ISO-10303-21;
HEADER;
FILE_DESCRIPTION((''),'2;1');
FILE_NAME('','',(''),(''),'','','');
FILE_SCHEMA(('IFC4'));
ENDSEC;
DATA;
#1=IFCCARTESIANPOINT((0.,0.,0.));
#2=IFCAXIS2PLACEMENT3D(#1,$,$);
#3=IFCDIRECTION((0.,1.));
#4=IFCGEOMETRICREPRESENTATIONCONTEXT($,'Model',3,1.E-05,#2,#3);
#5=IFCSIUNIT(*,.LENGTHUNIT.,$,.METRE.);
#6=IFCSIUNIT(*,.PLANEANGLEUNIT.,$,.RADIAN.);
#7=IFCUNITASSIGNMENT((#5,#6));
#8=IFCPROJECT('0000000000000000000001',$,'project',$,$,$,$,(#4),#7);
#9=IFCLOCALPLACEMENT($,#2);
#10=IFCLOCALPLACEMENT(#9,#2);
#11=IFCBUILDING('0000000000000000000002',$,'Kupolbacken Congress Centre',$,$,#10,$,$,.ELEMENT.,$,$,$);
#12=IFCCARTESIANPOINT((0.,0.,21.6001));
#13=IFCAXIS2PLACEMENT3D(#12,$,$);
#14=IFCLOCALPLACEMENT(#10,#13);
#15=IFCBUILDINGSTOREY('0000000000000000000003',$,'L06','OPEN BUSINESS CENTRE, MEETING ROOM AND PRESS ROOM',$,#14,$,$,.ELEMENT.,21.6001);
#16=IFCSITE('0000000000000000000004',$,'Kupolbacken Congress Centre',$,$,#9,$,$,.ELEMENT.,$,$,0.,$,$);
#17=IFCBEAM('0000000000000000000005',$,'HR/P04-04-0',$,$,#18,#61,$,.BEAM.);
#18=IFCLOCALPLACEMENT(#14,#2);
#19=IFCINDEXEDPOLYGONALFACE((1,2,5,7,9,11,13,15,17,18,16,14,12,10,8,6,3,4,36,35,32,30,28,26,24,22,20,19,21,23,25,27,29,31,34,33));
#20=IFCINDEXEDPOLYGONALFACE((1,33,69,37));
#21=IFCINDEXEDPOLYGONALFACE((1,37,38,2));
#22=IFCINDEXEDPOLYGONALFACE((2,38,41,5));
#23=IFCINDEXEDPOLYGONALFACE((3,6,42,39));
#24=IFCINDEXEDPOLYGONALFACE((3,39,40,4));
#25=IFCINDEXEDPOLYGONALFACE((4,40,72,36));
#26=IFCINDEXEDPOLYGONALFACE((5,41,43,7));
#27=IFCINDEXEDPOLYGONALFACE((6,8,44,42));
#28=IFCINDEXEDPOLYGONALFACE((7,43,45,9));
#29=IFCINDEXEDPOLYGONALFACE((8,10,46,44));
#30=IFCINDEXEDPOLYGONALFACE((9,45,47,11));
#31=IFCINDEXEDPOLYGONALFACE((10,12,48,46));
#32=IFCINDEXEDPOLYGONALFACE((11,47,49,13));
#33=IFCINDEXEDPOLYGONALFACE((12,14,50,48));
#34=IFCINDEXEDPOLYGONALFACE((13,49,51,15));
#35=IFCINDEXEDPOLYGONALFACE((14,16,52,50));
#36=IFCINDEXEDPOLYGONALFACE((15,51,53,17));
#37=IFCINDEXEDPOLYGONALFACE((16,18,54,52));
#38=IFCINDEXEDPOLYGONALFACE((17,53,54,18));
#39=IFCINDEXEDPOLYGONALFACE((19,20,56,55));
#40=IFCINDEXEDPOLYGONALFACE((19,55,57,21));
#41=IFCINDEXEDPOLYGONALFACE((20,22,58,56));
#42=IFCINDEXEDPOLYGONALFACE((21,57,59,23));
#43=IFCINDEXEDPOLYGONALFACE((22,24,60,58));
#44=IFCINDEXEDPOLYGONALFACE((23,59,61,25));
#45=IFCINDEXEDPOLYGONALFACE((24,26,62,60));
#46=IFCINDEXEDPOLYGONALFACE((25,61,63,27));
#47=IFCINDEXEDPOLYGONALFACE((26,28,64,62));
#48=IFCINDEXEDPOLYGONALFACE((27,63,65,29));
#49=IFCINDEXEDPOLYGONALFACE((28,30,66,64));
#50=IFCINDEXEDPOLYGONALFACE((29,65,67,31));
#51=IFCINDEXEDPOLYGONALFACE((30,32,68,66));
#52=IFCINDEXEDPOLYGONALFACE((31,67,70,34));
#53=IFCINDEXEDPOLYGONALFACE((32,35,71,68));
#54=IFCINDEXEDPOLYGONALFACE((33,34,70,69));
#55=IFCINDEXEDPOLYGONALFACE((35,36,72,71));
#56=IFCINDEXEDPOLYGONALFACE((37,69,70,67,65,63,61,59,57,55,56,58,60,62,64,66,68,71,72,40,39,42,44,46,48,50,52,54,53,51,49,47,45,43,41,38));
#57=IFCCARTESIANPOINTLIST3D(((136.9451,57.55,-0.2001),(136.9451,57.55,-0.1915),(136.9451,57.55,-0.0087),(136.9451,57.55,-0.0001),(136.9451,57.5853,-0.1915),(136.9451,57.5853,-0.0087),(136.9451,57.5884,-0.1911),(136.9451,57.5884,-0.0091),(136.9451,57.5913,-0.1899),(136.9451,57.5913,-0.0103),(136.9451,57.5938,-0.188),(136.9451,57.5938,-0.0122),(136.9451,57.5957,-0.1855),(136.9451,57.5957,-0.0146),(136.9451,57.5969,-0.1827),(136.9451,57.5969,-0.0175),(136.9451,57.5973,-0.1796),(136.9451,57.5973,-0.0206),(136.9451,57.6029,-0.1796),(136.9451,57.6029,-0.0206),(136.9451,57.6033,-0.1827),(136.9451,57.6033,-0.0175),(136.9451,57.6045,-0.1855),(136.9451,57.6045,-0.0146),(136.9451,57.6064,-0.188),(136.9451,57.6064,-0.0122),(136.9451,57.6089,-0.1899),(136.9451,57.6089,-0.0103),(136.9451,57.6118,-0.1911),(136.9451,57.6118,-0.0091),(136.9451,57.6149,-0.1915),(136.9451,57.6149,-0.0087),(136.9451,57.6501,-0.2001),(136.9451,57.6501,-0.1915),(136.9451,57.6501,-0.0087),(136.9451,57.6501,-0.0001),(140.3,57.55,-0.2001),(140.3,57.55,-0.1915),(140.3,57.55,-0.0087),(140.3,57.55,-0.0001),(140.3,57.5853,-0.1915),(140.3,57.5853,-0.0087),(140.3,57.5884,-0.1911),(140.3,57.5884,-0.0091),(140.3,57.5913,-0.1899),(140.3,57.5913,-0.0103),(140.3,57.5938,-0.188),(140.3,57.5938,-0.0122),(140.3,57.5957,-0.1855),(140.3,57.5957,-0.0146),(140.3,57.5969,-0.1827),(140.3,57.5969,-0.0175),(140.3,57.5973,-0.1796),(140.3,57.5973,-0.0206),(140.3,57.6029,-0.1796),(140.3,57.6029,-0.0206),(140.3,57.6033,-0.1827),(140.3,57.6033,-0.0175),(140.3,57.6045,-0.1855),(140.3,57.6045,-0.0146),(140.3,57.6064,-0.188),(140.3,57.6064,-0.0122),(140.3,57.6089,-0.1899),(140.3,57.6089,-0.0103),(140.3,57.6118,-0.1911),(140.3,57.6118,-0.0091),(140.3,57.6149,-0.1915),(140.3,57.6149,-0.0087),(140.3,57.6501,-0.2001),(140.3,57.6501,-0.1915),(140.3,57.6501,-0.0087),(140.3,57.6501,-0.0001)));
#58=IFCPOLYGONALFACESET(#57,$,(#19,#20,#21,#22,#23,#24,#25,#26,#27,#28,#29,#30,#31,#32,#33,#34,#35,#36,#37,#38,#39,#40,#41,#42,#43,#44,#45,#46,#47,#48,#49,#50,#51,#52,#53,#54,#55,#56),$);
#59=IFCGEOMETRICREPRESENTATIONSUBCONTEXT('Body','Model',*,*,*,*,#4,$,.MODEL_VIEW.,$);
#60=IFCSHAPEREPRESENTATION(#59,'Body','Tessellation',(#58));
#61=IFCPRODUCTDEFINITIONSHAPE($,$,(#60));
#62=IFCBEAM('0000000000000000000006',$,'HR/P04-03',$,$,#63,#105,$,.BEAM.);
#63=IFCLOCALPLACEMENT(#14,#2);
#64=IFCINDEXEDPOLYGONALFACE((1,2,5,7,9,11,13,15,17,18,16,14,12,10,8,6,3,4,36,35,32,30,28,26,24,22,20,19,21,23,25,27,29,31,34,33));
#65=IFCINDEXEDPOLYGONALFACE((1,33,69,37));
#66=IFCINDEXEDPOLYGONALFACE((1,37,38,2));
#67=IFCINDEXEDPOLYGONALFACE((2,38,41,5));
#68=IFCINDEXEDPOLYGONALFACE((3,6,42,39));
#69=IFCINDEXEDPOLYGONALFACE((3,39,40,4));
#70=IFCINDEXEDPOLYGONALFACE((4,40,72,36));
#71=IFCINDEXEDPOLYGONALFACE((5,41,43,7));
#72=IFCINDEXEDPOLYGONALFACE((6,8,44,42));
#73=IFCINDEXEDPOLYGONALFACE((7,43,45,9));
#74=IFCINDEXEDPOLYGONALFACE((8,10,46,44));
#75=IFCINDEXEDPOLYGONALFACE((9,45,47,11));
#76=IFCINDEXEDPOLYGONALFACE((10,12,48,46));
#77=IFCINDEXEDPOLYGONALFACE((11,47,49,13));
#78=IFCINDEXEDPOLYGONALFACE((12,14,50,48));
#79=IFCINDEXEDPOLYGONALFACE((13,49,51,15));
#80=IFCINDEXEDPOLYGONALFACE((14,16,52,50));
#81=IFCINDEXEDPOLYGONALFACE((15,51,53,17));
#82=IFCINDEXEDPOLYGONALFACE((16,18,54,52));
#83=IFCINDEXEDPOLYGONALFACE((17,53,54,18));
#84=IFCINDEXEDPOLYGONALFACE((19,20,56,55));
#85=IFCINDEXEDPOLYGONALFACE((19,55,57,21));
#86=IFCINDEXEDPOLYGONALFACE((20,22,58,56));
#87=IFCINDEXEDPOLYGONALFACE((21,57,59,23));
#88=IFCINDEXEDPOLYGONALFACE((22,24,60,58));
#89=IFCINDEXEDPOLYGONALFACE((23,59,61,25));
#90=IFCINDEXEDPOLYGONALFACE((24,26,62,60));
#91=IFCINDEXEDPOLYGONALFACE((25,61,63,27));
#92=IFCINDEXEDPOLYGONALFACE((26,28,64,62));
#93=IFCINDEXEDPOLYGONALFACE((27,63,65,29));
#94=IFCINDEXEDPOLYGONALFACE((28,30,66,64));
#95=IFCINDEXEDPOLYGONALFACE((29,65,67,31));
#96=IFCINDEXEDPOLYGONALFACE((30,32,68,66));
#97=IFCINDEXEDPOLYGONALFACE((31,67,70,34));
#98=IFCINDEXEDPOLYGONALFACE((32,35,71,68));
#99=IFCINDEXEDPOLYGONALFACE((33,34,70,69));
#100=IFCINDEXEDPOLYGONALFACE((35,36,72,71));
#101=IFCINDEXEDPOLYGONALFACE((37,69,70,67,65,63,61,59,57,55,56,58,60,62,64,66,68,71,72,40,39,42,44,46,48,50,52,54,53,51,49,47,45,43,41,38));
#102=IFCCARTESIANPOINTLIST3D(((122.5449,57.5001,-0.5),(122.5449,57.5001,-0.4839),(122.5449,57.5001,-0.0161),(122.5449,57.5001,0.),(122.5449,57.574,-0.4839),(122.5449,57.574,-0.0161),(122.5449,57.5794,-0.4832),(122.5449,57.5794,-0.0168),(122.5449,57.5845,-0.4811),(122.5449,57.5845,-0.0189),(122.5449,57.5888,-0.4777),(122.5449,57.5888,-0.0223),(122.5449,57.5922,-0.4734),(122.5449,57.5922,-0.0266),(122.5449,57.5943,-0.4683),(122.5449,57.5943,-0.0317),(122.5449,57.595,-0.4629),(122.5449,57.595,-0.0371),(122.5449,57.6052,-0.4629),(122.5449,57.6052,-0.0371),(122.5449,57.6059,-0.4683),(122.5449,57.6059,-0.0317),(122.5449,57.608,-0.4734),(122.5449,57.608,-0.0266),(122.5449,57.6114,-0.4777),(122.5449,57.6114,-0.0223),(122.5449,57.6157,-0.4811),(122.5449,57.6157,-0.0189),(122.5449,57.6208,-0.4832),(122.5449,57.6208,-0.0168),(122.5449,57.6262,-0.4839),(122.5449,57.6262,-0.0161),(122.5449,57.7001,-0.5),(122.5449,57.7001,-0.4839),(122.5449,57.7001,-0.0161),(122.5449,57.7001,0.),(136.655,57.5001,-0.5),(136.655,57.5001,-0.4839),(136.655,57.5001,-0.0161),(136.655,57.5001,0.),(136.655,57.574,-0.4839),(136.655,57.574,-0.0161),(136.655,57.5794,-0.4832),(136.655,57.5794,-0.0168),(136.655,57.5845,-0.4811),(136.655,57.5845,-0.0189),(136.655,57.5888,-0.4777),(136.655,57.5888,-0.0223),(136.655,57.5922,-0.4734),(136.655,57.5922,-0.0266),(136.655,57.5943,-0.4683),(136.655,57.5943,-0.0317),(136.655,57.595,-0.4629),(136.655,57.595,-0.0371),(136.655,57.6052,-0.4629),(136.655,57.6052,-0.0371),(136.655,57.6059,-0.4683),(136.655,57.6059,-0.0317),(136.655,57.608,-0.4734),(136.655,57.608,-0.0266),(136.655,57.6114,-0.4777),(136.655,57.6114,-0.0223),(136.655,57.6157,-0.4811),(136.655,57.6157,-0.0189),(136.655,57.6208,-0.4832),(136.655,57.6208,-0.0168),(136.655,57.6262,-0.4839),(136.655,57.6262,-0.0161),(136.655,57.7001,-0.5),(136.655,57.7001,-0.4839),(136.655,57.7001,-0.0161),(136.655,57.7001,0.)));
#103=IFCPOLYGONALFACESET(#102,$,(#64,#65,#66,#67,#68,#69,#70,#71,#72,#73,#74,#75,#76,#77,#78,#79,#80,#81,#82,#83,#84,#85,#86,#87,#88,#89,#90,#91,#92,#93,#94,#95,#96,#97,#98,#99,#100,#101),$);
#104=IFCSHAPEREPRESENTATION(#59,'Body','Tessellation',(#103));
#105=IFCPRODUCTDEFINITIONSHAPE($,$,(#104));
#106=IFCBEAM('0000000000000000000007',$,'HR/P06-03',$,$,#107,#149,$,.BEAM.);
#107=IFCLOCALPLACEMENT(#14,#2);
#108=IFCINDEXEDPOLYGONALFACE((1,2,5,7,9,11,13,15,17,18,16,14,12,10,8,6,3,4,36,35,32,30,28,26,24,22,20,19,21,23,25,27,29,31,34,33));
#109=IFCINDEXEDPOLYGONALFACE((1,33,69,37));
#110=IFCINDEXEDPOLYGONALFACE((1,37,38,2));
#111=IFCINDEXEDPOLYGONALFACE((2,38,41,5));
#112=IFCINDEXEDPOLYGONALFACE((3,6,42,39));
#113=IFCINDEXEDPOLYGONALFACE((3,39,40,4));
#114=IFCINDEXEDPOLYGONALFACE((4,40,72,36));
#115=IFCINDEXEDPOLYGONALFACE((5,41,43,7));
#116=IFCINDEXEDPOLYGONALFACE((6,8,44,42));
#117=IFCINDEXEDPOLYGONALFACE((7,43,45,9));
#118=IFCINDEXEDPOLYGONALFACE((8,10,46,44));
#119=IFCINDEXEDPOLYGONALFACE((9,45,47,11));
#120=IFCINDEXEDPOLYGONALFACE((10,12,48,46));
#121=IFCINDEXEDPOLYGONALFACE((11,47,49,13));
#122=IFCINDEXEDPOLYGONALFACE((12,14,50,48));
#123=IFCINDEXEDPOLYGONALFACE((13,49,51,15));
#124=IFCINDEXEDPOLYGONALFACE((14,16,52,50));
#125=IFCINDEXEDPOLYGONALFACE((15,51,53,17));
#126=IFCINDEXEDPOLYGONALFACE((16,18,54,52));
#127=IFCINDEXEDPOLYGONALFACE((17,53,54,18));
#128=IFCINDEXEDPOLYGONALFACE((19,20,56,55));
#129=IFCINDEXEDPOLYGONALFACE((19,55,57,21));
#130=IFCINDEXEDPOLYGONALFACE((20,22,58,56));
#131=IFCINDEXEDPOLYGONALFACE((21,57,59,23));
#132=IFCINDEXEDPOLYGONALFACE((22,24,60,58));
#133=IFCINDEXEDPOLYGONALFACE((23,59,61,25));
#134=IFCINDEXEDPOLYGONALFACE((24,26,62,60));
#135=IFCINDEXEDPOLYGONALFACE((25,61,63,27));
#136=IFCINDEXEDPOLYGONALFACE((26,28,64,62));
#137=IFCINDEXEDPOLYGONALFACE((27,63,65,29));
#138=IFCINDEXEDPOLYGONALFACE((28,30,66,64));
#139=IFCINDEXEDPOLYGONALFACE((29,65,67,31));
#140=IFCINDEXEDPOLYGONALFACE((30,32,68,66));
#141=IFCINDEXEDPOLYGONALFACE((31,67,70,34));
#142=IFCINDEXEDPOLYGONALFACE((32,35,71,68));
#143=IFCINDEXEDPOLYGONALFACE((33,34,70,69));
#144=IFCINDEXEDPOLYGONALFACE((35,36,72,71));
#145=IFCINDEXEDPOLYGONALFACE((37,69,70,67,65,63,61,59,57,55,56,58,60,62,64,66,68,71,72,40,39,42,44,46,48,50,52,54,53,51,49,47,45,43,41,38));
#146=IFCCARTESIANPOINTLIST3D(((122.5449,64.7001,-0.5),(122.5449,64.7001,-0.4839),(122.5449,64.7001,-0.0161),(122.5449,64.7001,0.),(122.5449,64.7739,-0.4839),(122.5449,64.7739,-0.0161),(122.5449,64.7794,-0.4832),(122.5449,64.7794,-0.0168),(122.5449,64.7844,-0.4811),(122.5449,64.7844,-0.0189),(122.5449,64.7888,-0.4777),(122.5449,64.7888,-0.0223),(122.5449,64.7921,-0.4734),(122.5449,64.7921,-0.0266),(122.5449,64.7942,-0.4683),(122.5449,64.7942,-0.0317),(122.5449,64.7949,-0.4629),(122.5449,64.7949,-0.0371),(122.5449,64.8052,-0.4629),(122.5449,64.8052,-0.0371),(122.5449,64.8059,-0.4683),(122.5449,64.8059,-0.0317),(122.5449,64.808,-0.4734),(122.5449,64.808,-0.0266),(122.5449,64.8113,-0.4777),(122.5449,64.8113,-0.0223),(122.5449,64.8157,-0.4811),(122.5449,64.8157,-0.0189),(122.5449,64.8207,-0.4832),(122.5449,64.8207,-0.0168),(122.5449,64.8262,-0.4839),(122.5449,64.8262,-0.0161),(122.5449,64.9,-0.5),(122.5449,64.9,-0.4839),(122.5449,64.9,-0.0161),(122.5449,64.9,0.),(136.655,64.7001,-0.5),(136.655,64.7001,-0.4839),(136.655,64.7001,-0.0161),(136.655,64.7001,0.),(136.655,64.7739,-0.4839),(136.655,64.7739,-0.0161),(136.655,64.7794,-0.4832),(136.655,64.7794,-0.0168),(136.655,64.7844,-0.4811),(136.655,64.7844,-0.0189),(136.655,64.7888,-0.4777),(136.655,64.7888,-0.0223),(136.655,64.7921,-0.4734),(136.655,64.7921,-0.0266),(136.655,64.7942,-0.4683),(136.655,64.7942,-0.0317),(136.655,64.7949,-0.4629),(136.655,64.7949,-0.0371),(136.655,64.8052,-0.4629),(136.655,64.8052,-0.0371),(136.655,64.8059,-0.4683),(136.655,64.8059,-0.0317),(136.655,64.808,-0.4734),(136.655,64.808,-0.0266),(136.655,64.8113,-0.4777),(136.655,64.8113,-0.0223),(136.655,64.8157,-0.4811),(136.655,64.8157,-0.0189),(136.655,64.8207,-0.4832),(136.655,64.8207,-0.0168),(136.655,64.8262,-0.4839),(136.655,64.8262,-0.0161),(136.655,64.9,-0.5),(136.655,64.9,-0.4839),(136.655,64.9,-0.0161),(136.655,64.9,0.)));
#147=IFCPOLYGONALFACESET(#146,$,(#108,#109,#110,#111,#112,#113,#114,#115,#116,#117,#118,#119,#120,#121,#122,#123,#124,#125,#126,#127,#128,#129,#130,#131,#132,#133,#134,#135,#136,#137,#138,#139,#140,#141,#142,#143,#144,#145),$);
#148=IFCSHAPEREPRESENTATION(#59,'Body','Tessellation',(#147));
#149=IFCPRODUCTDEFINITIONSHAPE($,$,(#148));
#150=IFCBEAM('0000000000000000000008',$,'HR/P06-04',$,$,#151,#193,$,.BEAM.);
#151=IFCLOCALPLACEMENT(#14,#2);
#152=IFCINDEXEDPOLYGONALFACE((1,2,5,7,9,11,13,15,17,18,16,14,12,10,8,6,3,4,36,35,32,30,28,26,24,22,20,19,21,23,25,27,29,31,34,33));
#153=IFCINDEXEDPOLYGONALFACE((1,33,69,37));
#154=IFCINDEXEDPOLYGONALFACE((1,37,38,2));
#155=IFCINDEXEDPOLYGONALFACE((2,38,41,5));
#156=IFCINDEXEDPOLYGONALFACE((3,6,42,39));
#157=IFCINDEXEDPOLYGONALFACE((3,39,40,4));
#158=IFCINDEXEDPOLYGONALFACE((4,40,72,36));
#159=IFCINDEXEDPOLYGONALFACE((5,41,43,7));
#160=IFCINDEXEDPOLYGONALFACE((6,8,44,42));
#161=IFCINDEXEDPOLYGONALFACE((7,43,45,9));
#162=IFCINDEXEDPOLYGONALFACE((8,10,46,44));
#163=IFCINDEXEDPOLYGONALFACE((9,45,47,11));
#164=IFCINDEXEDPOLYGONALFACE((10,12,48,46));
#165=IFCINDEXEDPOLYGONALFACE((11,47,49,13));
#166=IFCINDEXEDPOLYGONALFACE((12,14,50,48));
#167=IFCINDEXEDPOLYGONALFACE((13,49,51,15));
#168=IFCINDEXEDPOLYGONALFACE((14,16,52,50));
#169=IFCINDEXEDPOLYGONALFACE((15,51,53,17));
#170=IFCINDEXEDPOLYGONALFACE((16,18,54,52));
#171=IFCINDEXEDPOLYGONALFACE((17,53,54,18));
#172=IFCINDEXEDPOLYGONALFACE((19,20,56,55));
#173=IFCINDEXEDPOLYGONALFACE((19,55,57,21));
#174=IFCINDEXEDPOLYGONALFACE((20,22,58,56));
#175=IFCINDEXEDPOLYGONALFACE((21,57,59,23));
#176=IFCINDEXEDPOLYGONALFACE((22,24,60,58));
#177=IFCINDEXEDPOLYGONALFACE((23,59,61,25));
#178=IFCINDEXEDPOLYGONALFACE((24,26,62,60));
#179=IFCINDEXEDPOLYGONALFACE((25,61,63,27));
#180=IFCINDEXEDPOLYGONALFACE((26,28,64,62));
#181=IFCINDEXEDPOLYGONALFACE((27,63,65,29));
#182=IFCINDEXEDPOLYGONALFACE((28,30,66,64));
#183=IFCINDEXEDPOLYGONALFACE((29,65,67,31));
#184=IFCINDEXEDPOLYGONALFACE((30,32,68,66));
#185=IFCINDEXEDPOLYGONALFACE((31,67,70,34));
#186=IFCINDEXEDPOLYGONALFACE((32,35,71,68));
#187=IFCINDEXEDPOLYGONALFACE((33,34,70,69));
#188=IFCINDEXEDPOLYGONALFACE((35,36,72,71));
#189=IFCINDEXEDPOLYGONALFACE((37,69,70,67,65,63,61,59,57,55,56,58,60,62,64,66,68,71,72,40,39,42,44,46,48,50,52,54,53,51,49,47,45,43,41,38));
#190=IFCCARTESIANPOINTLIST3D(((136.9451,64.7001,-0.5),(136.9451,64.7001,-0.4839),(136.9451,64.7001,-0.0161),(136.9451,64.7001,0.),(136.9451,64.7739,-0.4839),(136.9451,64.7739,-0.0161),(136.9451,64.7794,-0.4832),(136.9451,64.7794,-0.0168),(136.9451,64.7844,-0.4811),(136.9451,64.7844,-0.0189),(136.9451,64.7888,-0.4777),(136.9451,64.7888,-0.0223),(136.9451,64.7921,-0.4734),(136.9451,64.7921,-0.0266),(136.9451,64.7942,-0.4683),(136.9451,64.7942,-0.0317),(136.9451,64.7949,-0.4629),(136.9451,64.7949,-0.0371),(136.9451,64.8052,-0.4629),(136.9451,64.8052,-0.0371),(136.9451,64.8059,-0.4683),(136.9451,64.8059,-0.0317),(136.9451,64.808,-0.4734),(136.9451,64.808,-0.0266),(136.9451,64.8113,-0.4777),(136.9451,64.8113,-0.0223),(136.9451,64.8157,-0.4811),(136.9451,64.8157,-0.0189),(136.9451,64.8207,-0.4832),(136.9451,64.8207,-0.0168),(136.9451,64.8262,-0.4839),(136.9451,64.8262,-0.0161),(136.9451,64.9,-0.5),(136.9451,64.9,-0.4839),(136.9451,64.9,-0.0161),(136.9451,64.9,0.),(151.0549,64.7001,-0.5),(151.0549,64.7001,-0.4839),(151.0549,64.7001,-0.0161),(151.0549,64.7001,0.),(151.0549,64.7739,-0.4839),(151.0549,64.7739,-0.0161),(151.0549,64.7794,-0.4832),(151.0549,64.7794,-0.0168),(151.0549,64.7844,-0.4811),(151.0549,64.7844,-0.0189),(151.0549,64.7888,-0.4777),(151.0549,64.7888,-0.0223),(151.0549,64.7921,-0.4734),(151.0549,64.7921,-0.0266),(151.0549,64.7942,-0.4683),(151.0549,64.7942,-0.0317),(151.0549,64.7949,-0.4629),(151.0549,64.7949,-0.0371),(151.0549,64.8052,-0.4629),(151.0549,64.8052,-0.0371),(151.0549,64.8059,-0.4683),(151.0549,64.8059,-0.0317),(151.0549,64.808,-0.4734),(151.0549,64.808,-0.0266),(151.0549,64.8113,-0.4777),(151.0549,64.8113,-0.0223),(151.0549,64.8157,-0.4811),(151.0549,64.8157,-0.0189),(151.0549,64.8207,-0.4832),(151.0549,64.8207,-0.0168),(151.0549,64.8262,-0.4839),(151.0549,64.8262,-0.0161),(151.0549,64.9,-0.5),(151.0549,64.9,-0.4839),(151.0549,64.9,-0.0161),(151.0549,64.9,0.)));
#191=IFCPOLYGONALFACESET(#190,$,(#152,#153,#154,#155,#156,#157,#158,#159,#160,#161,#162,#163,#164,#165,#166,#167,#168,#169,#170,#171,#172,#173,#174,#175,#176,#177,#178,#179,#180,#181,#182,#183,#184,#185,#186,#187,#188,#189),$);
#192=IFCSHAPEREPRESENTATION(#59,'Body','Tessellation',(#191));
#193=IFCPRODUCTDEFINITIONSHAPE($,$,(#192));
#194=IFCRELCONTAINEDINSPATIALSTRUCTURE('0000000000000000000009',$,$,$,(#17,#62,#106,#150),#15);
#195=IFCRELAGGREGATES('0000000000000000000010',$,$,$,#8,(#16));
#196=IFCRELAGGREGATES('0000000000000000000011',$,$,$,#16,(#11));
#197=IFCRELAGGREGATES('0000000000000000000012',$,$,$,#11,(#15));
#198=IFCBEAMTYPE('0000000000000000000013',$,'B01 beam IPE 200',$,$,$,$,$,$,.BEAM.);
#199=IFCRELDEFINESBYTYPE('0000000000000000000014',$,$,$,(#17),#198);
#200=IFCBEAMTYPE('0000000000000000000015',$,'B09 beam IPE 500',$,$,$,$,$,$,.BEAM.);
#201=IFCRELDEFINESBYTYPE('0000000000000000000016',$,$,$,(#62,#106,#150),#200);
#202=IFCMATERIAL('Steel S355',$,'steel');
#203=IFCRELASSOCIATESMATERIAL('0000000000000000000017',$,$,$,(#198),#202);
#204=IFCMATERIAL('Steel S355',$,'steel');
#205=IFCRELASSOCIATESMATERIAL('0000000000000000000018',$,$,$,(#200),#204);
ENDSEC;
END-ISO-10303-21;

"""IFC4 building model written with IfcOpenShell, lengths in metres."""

from ifc_helpers import new_model, si_unit, direction, frame, origin, origin_2d, place, context, subcontext, project, spatial, i_section, extrude, material, material_profile, profile_set, type_object, element, save


model = new_model("IFC4")

# Units and contexts
model_context = context("Model", 3, precision=1e-05, world=origin(), true_north=direction((0.0, 1.0)))
body_context = subcontext(model_context, "Body", "Model", "MODEL_VIEW")
ifc_project = project(units=[si_unit("LENGTHUNIT", "METRE"), si_unit("PLANEANGLEUNIT", "RADIAN")], contexts=[model_context])

# Site, building, storey
site_placement = place(None, origin())
site = spatial("IfcSite", under=ifc_project, at=site_placement, Name="Kupolbacken Congress Centre", CompositionType="ELEMENT", RefElevation=0.0)
building_placement = place(site_placement, origin())
building = spatial("IfcBuilding", under=site, at=building_placement, Name="Kupolbacken Congress Centre", CompositionType="ELEMENT")
storey_placement = place(building_placement, frame((0.0, 0.0, 21.6001)))
storey = spatial("IfcBuildingStorey", under=building, at=storey_placement, Name="L06", Description="OPEN BUSINESS CENTRE, MEETING ROOM AND PRESS ROOM", CompositionType="ELEMENT", Elevation=21.6001)

# Beams
ifc_material_1 = material(Name="Steel S355", Category="steel")
ifc_material_profile_1 = material_profile(ifc_material_1, i_section(OverallWidth=0.1001, OverallDepth=0.2, WebThickness=0.0056, FlangeThickness=0.0085, FilletRadius=0.012, at=origin_2d()), Name="IPE 200")
ifc_profile_set_1 = profile_set([ifc_material_profile_1], Name="Steel S355")
beam_type_1 = type_object("IfcBeamType", Name="B01 beam IPE 200", PredefinedType="BEAM", material=ifc_profile_set_1)
beam_1_placement = place(storey_placement, frame((136.9451, 57.6001, -0.1001), z_axis=(1.0, 0.0, 0.0), x_axis=(0.0, 1.0, 0.0)))
element("IfcBeam", 1, at=beam_1_placement, inside=storey, type_object=beam_type_1, Name="HR/P04-04-0", PredefinedType="BEAM", context=body_context, shape_type="SweptSolid", body=[
    extrude(i_section(OverallWidth=0.1001, OverallDepth=0.2, WebThickness=0.0056, FlangeThickness=0.0085, FilletRadius=0.012, at=origin_2d()), origin(), (0.0, 0.0, 1.0), 3.355),
])
ifc_material_2 = material(Name="Steel S355", Category="steel")
ifc_material_profile_2 = material_profile(ifc_material_2, i_section(OverallWidth=0.2, OverallDepth=0.5, WebThickness=0.0103, FlangeThickness=0.0161, FilletRadius=0.021, at=origin_2d()), Name="IPE 500")
ifc_profile_set_2 = profile_set([ifc_material_profile_2], Name="Steel S355")
beam_type_2 = type_object("IfcBeamType", Name="B09 beam IPE 500", PredefinedType="BEAM", material=ifc_profile_set_2)
for number, where, z_axis, x_axis, name in (
    (2, (122.5449, 57.6001, -0.25), (1.0, 0.0, 0.0), (0.0, 1.0, 0.0), "HR/P04-03"),
    (3, (122.5449, 64.8, -0.25), (1.0, 0.0, 0.0), (0.0, 1.0, 0.0), "HR/P06-03"),
):
    element("IfcBeam", number, at=place(storey_placement, frame(where, z_axis=z_axis, x_axis=x_axis)), inside=storey, type_object=beam_type_2, Name=name, PredefinedType="BEAM", context=body_context, shape_type="SweptSolid", body=[
        extrude(i_section(OverallWidth=0.2, OverallDepth=0.5, WebThickness=0.0103, FlangeThickness=0.0161, FilletRadius=0.021, at=origin_2d()), origin(), (0.0, 0.0, 1.0), 14.1101),
    ])
beam_2_placement = place(storey_placement, frame((136.9451, 64.8, -0.25), z_axis=(1.0, 0.0, 0.0), x_axis=(0.0, 1.0, 0.0)))
element("IfcBeam", 4, at=beam_2_placement, inside=storey, type_object=beam_type_2, Name="HR/P06-04", PredefinedType="BEAM", context=body_context, shape_type="SweptSolid", body=[
    extrude(i_section(OverallWidth=0.2, OverallDepth=0.5, WebThickness=0.0103, FlangeThickness=0.0161, FilletRadius=0.021, at=origin_2d()), origin(), (0.0, 0.0, 1.0), 14.1099),
])

save(model, "model.ifc")
